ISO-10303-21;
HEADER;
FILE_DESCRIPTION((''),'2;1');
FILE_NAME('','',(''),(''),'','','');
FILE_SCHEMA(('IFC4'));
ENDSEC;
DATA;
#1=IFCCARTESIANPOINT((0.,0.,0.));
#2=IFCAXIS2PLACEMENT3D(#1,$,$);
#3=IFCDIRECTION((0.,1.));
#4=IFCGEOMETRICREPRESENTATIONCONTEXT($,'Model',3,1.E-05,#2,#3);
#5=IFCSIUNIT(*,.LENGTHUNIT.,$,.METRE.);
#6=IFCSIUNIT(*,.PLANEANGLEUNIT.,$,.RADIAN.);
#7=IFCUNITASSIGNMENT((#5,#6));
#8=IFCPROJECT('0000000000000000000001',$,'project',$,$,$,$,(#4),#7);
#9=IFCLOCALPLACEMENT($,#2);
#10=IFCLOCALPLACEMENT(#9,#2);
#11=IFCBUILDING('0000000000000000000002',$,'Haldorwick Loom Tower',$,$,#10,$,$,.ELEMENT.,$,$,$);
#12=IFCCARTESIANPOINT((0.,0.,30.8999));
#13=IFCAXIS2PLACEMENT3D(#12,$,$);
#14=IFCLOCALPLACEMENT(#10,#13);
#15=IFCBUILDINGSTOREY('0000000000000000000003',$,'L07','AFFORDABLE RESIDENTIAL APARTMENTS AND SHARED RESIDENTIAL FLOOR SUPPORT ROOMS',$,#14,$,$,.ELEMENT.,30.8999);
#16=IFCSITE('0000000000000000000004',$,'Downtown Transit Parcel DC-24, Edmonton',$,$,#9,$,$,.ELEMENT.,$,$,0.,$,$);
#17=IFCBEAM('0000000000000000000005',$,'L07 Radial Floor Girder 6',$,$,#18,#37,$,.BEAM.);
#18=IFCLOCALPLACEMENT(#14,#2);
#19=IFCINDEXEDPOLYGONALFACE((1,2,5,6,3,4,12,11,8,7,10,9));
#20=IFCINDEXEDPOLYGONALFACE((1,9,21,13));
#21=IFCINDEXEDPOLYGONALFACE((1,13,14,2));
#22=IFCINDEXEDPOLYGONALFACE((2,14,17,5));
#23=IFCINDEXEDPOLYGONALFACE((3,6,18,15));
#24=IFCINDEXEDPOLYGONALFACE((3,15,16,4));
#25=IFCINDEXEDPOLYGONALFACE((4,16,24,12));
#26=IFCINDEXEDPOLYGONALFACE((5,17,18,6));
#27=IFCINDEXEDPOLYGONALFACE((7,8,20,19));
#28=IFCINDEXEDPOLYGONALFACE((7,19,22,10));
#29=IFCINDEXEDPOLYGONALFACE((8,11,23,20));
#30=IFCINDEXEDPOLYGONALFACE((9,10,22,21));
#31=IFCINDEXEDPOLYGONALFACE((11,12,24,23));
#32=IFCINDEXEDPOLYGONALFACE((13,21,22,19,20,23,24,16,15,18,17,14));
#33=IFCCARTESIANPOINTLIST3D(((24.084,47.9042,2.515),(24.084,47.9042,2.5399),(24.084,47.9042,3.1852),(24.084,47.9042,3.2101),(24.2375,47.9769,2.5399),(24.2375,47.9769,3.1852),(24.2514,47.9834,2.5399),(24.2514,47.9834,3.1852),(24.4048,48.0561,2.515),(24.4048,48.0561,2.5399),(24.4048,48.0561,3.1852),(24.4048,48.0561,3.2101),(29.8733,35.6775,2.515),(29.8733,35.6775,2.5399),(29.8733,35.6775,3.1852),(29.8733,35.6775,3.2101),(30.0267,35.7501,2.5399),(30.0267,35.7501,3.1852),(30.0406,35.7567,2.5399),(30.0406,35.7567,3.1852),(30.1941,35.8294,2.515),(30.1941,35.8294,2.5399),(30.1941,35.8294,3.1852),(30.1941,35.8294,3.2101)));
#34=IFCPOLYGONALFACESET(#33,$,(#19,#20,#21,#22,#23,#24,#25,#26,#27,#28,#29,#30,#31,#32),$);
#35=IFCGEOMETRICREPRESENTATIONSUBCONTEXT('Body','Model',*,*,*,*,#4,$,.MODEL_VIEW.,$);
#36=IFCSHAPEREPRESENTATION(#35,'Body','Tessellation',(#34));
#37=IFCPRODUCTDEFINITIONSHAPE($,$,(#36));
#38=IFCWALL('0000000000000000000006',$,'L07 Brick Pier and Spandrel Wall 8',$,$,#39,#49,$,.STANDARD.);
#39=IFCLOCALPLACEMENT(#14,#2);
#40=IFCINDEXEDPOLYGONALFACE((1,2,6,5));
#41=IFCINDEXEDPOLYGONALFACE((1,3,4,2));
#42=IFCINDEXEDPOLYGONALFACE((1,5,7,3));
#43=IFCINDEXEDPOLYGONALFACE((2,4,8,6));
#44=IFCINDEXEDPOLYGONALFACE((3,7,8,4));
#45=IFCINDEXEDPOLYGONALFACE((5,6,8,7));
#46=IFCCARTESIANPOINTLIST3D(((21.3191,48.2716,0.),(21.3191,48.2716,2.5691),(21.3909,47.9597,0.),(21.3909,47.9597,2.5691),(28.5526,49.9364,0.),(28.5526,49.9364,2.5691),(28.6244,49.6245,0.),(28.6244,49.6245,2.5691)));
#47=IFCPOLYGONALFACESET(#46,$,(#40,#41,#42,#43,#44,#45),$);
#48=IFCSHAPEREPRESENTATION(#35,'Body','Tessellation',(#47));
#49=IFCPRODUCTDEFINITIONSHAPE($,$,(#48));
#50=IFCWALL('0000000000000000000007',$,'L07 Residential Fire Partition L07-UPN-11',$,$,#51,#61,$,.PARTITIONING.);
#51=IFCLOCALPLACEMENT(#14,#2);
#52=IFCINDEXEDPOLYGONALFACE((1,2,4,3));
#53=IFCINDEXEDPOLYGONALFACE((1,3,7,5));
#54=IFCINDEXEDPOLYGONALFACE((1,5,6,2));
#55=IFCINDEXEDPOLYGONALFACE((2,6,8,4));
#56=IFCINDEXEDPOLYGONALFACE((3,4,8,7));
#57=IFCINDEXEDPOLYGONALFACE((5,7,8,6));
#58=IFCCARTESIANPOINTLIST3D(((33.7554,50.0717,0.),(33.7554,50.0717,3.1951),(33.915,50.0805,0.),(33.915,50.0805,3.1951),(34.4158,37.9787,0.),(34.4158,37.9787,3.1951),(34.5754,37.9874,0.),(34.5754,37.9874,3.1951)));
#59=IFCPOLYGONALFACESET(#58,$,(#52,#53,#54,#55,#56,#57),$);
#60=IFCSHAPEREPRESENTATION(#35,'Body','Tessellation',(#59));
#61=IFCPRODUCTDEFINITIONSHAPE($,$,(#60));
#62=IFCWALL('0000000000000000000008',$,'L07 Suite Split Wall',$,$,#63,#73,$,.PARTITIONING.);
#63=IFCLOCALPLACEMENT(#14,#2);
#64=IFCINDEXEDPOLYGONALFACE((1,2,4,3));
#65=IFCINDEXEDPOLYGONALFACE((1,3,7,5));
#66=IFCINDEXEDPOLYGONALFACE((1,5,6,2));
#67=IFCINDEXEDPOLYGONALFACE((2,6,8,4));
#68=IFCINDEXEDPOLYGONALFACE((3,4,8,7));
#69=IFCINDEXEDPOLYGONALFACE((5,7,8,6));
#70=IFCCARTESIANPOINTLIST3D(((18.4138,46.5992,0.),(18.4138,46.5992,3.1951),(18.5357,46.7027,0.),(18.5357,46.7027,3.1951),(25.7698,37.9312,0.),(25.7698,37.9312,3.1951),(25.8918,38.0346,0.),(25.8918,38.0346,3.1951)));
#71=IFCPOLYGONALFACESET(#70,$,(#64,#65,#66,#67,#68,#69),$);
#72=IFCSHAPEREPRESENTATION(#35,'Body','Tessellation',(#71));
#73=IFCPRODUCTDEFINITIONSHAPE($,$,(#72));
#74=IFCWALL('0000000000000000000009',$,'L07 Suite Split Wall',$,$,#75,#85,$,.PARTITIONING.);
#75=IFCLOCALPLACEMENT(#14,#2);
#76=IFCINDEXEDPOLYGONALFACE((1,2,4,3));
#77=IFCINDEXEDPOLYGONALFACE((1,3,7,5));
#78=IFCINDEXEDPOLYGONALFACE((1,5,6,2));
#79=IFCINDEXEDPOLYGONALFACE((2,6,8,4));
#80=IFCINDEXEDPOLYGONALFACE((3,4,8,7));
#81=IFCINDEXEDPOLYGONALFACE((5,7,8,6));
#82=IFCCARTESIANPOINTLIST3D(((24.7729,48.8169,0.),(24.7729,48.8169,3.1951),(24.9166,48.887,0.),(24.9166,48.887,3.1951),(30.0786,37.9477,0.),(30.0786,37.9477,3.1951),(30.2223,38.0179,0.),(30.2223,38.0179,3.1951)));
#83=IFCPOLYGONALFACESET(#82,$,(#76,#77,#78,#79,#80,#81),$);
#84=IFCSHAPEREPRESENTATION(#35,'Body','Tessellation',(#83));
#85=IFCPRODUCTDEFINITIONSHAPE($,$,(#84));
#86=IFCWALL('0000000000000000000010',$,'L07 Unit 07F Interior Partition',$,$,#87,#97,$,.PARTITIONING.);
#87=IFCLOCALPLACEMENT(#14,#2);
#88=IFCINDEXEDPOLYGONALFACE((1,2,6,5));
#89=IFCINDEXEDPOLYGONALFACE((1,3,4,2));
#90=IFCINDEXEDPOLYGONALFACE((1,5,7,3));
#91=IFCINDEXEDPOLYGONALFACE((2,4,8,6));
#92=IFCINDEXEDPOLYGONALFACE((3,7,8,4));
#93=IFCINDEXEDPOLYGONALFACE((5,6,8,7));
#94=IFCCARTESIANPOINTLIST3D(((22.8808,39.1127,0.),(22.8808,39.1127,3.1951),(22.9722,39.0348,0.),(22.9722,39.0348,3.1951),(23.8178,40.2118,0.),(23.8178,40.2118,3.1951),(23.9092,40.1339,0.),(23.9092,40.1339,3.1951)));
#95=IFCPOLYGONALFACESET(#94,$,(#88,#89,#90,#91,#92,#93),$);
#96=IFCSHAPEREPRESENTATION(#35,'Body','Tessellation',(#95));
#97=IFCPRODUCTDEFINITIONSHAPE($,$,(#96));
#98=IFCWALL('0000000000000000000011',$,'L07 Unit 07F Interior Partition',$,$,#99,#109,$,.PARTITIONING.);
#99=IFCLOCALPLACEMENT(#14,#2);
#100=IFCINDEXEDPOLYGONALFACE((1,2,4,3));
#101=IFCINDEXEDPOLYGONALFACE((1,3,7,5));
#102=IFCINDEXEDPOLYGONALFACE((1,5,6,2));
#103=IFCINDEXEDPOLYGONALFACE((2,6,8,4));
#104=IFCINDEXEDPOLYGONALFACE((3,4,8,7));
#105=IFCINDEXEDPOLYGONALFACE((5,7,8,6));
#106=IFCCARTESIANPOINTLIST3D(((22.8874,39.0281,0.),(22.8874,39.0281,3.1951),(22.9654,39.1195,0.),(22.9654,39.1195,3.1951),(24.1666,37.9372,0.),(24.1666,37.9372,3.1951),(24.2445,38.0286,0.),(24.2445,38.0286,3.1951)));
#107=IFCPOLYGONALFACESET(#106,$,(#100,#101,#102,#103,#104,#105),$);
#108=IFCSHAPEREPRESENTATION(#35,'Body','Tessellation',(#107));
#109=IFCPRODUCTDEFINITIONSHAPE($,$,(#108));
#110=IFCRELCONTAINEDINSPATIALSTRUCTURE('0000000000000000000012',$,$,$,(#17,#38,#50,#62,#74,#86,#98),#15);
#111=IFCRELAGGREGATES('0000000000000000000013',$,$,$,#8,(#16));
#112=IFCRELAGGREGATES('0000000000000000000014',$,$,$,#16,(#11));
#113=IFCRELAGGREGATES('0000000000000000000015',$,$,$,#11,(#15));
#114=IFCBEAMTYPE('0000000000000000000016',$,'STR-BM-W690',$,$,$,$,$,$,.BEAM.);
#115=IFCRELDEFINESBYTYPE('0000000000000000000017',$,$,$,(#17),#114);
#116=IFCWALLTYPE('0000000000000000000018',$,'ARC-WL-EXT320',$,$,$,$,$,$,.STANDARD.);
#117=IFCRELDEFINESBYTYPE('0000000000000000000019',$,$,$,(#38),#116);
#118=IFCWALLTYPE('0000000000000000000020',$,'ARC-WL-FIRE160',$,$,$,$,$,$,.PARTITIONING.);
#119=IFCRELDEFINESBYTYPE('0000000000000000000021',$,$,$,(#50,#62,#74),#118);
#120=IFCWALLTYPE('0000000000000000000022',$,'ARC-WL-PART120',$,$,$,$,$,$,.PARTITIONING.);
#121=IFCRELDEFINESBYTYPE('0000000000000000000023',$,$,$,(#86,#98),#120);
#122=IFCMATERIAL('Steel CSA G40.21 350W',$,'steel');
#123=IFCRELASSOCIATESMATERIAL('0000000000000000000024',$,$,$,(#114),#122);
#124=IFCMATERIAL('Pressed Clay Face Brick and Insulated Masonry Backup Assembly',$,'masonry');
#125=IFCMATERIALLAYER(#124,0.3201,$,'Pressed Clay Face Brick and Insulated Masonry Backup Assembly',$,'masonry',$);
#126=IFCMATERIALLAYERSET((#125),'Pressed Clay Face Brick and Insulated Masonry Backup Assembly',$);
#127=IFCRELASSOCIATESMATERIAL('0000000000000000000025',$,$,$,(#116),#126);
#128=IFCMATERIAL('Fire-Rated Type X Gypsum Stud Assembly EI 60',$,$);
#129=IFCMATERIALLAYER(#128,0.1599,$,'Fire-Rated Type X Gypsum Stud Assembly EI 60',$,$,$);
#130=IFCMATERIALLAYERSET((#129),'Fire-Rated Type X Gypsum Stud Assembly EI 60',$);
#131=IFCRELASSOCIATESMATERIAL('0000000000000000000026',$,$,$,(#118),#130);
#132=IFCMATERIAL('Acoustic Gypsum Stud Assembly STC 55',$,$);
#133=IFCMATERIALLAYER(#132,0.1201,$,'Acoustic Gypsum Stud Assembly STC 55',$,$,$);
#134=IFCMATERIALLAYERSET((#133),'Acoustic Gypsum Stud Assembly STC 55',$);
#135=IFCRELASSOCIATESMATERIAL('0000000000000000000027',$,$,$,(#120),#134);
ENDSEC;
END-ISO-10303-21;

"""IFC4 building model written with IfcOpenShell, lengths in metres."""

from ifc_helpers import new_model, si_unit, direction, frame, frame_2d, origin, origin_2d, place, context, subcontext, project, spatial, rectangle, i_section, extrude, material, layer, layer_set, material_profile, profile_set, type_object, element, save


model = new_model("IFC4")

# Units and contexts
model_context = context("Model", 3, precision=1e-05, world=origin(), true_north=direction((0.0, 1.0)))
body_context = subcontext(model_context, "Body", "Model", "MODEL_VIEW")
ifc_project = project(units=[si_unit("LENGTHUNIT", "METRE"), si_unit("PLANEANGLEUNIT", "RADIAN")], contexts=[model_context])

# Site, building, storey
site_placement = place(None, origin())
site = spatial("IfcSite", under=ifc_project, at=site_placement, Name="Downtown Transit Parcel DC-24, Edmonton", CompositionType="ELEMENT", RefElevation=0.0)
building_placement = place(site_placement, origin())
building = spatial("IfcBuilding", under=site, at=building_placement, Name="Haldorwick Loom Tower", CompositionType="ELEMENT")
storey_placement = place(building_placement, frame((0.0, 0.0, 30.8999)))
storey = spatial("IfcBuildingStorey", under=building, at=storey_placement, Name="L07", Description="AFFORDABLE RESIDENTIAL APARTMENTS AND SHARED RESIDENTIAL FLOOR SUPPORT ROOMS", CompositionType="ELEMENT", Elevation=30.8999)

# Beam
ifc_material_1 = material(Name="Steel CSA G40.21 350W", Category="steel")
ifc_material_profile_1 = material_profile(ifc_material_1, i_section(OverallWidth=0.355, OverallDepth=0.6951, WebThickness=0.0154, FlangeThickness=0.0249, at=origin_2d()), Name="W690X217", Category="steel")
ifc_profile_set_1 = profile_set([ifc_material_profile_1], Name="Steel CSA G40.21 350W")
beam_type_1 = type_object("IfcBeamType", Name="STR-BM-W690", PredefinedType="BEAM", material=ifc_profile_set_1)
beam_1_placement = place(storey_placement, frame((30.0337, 35.7534, 2.8625), z_axis=(-0.427945, 0.903805, 0.0), x_axis=(-0.903805, -0.427945, 0.0)))
element("IfcBeam", 1, at=beam_1_placement, inside=storey, type_object=beam_type_1, Name="L07 Radial Floor Girder 6", PredefinedType="BEAM", context=body_context, shape_type="SweptSolid", body=[
    extrude(i_section(OverallWidth=0.355, OverallDepth=0.6951, WebThickness=0.0154, FlangeThickness=0.0249, at=origin_2d()), origin(), (0.0, 0.0, 1.0), 13.5281),
])

# Walls
ifc_material_2 = material(Name="Pressed Clay Face Brick and Insulated Masonry Backup Assembly", Category="masonry")
ifc_layer_1 = layer(ifc_material_2, 0.3201, Name="Pressed Clay Face Brick and Insulated Masonry Backup Assembly", Category="masonry")
ifc_layer_set_1 = layer_set([ifc_layer_1], Name="Pressed Clay Face Brick and Insulated Masonry Backup Assembly")
wall_type_1 = type_object("IfcWallType", Name="ARC-WL-EXT320", PredefinedType="STANDARD", material=ifc_layer_set_1)
wall_1_placement = place(storey_placement, frame((28.5886, 49.7805, 0.0), z_axis=(0.0, 0.0, 1.0), x_axis=(-0.974522, -0.22429, 0.0)))
element("IfcWall", 2, at=wall_1_placement, inside=storey, type_object=wall_type_1, Name="L07 Brick Pier and Spandrel Wall 8", PredefinedType="STANDARD", context=body_context, shape_type="SweptSolid", body=[
    extrude(rectangle(XDim=7.4226, YDim=0.3201, at=frame_2d((3.7114, 0.0))), origin(), (0.0, 0.0, 1.0), 2.5691),
])
ifc_material_3 = material(Name="Fire-Rated Type X Gypsum Stud Assembly EI 60")
ifc_layer_2 = layer(ifc_material_3, 0.1599, Name="Fire-Rated Type X Gypsum Stud Assembly EI 60")
ifc_layer_set_2 = layer_set([ifc_layer_2], Name="Fire-Rated Type X Gypsum Stud Assembly EI 60")
wall_type_2 = type_object("IfcWallType", Name="ARC-WL-FIRE160", PredefinedType="PARTITIONING", material=ifc_layer_set_2)
wall_2_placement = place(storey_placement, frame((34.4956, 37.9829, 0.0), z_axis=(0.0, 0.0, 1.0), x_axis=(-0.054529, 0.998512, 0.0)))
element("IfcWall", 3, at=wall_2_placement, inside=storey, type_object=wall_type_2, Name="L07 Residential Fire Partition L07-UPN-11", PredefinedType="PARTITIONING", context=body_context, shape_type="SweptSolid", body=[
    extrude(rectangle(XDim=12.1111, YDim=0.1599, at=frame_2d((6.0557, 0.0))), origin(), (0.0, 0.0, 1.0), 3.1951),
])
wall_3_placement = place(storey_placement, frame((25.8308, 37.9829, 0.0), z_axis=(0.0, 0.0, 1.0), x_axis=(-0.647045, 0.762452, 0.0)))
element("IfcWall", 4, at=wall_3_placement, inside=storey, type_object=wall_type_2, Name="L07 Suite Split Wall", PredefinedType="PARTITIONING", context=body_context, shape_type="SweptSolid", body=[
    extrude(rectangle(XDim=11.3687, YDim=0.1599, at=frame_2d((5.6843, 0.0))), origin(), (0.0, 0.0, 1.0), 3.1951),
])
wall_4_placement = place(storey_placement, frame((30.1504, 37.9829, 0.0), z_axis=(0.0, 0.0, 1.0), x_axis=(-0.438667, 0.89865, 0.0)))
element("IfcWall", 5, at=wall_4_placement, inside=storey, type_object=wall_type_2, Name="L07 Suite Split Wall", PredefinedType="PARTITIONING", context=body_context, shape_type="SweptSolid", body=[
    extrude(rectangle(XDim=12.095, YDim=0.1599, at=frame_2d((6.0474, 0.0))), origin(), (0.0, 0.0, 1.0), 3.1951),
])
ifc_material_4 = material(Name="Acoustic Gypsum Stud Assembly STC 55")
ifc_layer_3 = layer(ifc_material_4, 0.1201, Name="Acoustic Gypsum Stud Assembly STC 55")
ifc_layer_set_3 = layer_set([ifc_layer_3], Name="Acoustic Gypsum Stud Assembly STC 55")
wall_type_3 = type_object("IfcWallType", Name="ARC-WL-PART120", PredefinedType="PARTITIONING", material=ifc_layer_set_3)
wall_5_placement = place(storey_placement, frame((23.8635, 40.1729, 0.0), z_axis=(0.0, 0.0, 1.0), x_axis=(-0.648757, -0.760996, 0.0)))
element("IfcWall", 6, at=wall_5_placement, inside=storey, type_object=wall_type_3, Name="L07 Unit 07F Interior Partition", PredefinedType="PARTITIONING", context=body_context, shape_type="SweptSolid", body=[
    extrude(rectangle(XDim=1.4443, YDim=0.1201, at=frame_2d((0.7222, 0.0))), origin(), (0.0, 0.0, 1.0), 3.1951),
])
wall_6_placement = place(storey_placement, frame((24.2056, 37.9829, 0.0), z_axis=(0.0, 0.0, 1.0), x_axis=(-0.760874, 0.6489, 0.0)))
element("IfcWall", 7, at=wall_6_placement, inside=storey, type_object=wall_type_3, Name="L07 Unit 07F Interior Partition", PredefinedType="PARTITIONING", context=body_context, shape_type="SweptSolid", body=[
    extrude(rectangle(XDim=1.6812, YDim=0.1201, at=frame_2d((0.8406, 0.0))), origin(), (0.0, 0.0, 1.0), 3.1951),
])

save(model, "model.ifc")
